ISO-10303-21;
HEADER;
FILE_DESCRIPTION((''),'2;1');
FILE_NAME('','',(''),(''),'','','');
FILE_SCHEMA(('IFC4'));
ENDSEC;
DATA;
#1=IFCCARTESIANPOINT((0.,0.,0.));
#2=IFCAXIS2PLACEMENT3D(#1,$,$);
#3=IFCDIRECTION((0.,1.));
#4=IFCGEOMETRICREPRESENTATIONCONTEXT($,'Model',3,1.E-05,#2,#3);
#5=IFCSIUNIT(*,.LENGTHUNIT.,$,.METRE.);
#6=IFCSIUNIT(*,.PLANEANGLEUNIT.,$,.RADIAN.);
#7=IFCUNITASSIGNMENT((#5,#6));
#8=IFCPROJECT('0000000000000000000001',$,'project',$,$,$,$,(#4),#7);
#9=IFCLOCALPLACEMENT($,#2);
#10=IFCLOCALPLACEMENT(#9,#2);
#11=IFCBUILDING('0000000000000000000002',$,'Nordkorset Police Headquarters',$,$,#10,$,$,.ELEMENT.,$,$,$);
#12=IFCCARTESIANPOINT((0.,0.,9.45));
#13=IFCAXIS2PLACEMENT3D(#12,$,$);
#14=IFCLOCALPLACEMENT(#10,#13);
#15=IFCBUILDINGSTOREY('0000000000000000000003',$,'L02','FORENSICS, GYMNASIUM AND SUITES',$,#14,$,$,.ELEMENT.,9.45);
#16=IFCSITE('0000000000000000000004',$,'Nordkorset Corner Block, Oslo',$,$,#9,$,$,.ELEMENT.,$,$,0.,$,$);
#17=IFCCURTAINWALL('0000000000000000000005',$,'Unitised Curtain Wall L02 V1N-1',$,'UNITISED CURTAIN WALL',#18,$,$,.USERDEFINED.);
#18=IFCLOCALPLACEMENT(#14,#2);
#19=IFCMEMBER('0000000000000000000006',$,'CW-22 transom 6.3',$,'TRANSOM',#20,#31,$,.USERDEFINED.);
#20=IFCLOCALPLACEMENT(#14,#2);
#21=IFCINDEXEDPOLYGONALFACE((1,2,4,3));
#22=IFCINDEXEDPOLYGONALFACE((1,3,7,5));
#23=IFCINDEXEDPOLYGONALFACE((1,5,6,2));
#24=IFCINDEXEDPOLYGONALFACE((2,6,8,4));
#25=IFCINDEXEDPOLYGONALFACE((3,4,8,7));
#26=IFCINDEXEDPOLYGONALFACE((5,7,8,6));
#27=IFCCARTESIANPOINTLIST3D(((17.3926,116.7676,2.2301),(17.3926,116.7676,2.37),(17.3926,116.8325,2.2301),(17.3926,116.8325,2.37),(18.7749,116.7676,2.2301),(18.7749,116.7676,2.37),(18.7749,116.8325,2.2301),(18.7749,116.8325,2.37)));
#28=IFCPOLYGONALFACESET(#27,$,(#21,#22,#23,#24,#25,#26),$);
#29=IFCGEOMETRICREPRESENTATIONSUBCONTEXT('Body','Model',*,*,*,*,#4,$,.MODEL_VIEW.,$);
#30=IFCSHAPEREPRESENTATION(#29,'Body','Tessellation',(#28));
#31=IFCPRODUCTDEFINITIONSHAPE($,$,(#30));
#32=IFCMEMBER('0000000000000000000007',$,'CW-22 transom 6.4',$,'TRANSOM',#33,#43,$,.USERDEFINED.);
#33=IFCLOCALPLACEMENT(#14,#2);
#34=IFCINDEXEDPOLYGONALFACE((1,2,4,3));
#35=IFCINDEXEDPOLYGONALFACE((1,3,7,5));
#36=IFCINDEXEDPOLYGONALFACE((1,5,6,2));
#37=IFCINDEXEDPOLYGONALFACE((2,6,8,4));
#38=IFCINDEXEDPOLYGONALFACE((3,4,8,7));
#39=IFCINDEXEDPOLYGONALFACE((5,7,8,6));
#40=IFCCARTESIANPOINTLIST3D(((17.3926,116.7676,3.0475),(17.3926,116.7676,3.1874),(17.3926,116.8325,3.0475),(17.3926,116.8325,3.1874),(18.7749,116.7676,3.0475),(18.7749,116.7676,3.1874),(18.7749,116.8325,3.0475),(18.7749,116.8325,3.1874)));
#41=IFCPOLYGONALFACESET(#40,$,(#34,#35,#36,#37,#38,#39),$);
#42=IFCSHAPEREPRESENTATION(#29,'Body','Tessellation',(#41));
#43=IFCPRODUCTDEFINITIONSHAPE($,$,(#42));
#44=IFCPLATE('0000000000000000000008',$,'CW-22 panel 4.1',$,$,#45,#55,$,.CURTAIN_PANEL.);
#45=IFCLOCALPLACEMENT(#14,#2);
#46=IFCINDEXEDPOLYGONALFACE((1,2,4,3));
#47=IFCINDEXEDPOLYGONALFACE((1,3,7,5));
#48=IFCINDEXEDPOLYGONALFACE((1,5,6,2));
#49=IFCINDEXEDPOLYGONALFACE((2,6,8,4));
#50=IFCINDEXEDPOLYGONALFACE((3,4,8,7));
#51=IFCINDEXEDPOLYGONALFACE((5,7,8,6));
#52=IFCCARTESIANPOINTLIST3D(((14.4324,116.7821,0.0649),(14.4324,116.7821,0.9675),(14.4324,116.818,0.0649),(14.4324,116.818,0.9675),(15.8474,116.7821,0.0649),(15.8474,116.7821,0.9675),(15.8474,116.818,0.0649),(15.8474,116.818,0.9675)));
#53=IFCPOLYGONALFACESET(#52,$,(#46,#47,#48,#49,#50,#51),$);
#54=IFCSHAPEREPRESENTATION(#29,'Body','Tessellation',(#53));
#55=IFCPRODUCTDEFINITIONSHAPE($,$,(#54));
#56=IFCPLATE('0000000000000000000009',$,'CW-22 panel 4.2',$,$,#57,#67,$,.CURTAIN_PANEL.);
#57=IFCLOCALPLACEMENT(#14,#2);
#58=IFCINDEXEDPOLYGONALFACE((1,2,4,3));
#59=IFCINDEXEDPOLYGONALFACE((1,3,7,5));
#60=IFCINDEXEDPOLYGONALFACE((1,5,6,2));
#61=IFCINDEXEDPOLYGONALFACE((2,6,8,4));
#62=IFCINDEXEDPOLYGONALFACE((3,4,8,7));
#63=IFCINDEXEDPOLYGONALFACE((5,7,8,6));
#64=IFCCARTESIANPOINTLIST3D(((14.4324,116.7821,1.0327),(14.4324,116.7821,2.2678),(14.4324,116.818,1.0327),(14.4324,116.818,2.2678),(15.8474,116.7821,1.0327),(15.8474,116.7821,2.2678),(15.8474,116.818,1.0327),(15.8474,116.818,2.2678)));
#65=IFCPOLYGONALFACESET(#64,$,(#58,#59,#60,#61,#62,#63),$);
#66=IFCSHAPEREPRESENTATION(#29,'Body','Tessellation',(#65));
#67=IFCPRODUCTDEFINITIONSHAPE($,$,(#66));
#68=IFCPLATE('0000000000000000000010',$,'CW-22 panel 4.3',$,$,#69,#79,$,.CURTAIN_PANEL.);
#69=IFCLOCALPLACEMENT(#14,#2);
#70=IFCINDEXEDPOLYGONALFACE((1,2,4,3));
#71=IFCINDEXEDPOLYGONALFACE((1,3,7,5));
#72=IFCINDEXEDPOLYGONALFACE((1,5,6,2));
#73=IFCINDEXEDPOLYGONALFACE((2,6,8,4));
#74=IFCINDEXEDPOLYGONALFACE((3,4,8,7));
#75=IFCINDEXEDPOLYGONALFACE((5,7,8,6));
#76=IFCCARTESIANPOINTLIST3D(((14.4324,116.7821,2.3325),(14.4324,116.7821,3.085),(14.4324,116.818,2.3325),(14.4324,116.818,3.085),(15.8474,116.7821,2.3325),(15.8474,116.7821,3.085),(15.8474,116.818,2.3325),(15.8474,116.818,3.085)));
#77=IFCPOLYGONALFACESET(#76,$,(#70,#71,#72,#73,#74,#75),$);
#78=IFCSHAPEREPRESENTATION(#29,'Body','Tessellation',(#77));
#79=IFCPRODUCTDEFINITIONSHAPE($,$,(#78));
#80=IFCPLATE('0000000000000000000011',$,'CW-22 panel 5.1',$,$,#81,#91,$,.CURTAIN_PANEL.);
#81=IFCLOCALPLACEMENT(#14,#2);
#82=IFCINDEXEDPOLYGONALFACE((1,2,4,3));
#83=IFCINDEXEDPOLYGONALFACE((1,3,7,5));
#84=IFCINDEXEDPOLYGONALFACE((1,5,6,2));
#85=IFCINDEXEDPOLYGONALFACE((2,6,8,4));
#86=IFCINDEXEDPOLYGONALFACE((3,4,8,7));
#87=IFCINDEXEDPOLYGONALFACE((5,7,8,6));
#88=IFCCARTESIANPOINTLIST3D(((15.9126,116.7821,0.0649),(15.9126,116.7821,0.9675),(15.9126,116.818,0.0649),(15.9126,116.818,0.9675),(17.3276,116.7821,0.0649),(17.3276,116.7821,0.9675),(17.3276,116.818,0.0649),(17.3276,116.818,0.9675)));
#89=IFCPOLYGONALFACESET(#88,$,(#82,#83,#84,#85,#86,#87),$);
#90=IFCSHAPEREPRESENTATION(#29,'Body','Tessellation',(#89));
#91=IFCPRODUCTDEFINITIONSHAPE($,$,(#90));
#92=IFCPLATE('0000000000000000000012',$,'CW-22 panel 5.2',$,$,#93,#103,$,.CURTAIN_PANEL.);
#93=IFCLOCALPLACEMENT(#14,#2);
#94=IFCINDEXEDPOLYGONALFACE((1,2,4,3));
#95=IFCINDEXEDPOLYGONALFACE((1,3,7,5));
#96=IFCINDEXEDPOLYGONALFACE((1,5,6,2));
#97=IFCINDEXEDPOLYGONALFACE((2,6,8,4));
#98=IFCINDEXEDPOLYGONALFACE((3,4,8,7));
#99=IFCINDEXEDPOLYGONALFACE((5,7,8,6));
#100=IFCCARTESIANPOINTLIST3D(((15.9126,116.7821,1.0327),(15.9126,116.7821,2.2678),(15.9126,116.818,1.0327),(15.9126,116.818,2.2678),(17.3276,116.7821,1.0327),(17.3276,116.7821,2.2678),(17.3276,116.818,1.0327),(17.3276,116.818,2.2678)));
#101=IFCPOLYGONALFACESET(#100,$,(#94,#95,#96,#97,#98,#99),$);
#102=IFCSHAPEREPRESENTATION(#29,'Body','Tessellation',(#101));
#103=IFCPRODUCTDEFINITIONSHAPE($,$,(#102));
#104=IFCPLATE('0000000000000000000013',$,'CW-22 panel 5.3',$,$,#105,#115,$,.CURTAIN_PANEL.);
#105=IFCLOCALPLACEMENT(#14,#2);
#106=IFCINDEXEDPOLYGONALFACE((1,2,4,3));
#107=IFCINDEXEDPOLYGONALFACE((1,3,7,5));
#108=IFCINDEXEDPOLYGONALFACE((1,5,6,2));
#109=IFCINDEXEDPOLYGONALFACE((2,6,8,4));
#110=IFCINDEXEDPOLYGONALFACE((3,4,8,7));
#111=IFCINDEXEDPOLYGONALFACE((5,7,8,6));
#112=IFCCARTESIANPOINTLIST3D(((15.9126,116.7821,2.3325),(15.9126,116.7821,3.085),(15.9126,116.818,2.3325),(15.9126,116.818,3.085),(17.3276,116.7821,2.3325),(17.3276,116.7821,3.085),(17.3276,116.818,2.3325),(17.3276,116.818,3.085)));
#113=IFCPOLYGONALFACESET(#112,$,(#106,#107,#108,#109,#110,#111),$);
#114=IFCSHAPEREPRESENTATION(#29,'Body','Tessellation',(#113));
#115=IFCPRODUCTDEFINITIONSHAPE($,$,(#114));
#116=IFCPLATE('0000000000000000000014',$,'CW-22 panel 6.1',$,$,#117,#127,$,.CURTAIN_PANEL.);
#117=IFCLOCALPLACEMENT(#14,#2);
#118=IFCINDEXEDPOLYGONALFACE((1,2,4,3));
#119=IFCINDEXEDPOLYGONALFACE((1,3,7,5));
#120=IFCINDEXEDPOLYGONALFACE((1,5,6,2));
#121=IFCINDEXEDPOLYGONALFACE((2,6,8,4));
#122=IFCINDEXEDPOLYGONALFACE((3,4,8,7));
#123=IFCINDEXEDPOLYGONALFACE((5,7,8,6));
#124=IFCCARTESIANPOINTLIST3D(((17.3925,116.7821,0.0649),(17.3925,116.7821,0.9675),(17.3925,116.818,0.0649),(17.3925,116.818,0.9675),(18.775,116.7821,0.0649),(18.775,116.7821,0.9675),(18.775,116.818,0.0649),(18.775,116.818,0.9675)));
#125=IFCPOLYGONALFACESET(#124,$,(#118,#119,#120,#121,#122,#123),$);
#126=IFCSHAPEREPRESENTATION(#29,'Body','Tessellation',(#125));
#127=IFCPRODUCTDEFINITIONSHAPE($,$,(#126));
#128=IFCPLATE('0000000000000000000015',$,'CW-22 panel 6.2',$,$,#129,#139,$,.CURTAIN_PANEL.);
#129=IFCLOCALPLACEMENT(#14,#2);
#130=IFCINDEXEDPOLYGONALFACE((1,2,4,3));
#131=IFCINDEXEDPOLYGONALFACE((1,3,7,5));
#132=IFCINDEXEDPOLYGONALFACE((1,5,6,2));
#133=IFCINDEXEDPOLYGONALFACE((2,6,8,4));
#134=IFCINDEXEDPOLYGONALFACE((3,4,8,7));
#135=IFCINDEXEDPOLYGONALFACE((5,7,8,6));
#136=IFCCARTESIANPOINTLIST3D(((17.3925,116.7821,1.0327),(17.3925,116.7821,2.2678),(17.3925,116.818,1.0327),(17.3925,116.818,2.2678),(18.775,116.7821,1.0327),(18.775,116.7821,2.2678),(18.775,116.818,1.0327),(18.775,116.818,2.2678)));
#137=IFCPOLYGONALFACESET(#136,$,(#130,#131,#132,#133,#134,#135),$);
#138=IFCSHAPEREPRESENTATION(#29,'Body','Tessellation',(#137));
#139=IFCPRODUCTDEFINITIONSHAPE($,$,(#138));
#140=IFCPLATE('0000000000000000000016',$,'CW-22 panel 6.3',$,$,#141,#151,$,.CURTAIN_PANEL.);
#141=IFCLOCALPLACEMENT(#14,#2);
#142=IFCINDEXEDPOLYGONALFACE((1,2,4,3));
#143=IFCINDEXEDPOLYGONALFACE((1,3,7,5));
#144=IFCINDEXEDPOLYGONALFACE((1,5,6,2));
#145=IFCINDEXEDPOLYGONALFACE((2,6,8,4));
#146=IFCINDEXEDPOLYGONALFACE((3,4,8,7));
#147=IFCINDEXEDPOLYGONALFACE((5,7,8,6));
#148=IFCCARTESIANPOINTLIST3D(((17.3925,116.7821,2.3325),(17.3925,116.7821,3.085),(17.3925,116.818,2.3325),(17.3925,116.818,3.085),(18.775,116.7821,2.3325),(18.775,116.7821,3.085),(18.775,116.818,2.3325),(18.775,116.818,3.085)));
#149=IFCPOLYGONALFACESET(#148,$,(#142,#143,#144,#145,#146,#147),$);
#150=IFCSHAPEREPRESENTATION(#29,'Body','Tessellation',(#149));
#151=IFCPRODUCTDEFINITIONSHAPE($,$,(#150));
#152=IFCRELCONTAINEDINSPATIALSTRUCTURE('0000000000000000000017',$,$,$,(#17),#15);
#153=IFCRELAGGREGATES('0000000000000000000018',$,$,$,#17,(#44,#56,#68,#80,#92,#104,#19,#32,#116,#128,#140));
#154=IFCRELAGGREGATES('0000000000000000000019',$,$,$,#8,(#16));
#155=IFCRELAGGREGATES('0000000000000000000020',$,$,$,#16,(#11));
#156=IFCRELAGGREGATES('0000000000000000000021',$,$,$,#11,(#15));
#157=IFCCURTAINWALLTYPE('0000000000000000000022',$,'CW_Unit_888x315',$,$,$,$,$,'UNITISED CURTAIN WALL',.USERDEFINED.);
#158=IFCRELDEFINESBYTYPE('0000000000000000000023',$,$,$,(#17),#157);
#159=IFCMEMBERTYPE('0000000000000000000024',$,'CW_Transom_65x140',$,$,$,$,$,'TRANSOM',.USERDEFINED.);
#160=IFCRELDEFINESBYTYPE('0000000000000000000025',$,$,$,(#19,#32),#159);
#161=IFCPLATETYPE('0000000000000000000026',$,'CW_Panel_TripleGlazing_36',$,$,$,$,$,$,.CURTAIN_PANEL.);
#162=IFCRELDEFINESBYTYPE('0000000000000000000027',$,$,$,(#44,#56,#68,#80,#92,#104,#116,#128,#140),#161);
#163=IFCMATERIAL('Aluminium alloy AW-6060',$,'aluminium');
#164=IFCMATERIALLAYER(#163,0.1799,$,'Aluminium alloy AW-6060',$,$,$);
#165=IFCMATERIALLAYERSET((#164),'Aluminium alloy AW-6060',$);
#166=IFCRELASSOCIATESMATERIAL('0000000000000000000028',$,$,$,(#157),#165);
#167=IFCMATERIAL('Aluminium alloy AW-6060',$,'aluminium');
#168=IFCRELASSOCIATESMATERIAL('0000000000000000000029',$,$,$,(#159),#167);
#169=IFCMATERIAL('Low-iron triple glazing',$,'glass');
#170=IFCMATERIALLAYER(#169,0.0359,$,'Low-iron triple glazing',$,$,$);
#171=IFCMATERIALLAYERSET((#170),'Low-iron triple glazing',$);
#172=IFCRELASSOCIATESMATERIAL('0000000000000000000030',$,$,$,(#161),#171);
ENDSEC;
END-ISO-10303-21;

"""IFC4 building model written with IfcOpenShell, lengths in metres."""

from ifc_helpers import new_model, si_unit, direction, frame, origin, origin_2d, place, context, subcontext, project, spatial, rectangle, extrude, material, layer, layer_set, material_profile, profile_set, type_object, element, aggregate, save


model = new_model("IFC4")

# Units and contexts
model_context = context("Model", 3, precision=1e-05, world=origin(), true_north=direction((0.0, 1.0)))
body_context = subcontext(model_context, "Body", "Model", "MODEL_VIEW")
ifc_project = project(units=[si_unit("LENGTHUNIT", "METRE"), si_unit("PLANEANGLEUNIT", "RADIAN")], contexts=[model_context])

# Site, building, storey
site_placement = place(None, origin())
site = spatial("IfcSite", under=ifc_project, at=site_placement, Name="Nordkorset Corner Block, Oslo", CompositionType="ELEMENT", RefElevation=0.0)
building_placement = place(site_placement, origin())
building = spatial("IfcBuilding", under=site, at=building_placement, Name="Nordkorset Police Headquarters", CompositionType="ELEMENT")
storey_placement = place(building_placement, frame((0.0, 0.0, 9.45)))
storey = spatial("IfcBuildingStorey", under=building, at=storey_placement, Name="L02", Description="FORENSICS, GYMNASIUM AND SUITES", CompositionType="ELEMENT", Elevation=9.45)

# Curtain wall, members, plates
ifc_material_1 = material(Name="Aluminium alloy AW-6060", Category="aluminium")
ifc_layer_1 = layer(ifc_material_1, 0.1799, Name="Aluminium alloy AW-6060")
ifc_layer_set_1 = layer_set([ifc_layer_1], Name="Aluminium alloy AW-6060")
curtain_wall_type = type_object("IfcCurtainWallType", Name="CW_Unit_888x315", ElementType="UNITISED CURTAIN WALL", PredefinedType="USERDEFINED", material=ifc_layer_set_1)
curtain_wall_placement = place(storey_placement, origin())
curtain_wall = element("IfcCurtainWall", 1, at=curtain_wall_placement, inside=storey, type_object=curtain_wall_type, Name="Unitised Curtain Wall L02 V1N-1", ObjectType="UNITISED CURTAIN WALL", PredefinedType="USERDEFINED")
ifc_material_2 = material(Name="Aluminium alloy AW-6060", Category="aluminium")
ifc_material_profile_1 = material_profile(ifc_material_2, rectangle(XDim=0.0649, YDim=0.1399, at=origin_2d()), Name="ALU TRAN 65x140")
ifc_profile_set_1 = profile_set([ifc_material_profile_1], Name="Aluminium alloy AW-6060")
member_type_1 = type_object("IfcMemberType", Name="CW_Transom_65x140", ElementType="TRANSOM", PredefinedType="USERDEFINED", material=ifc_profile_set_1)
member_1_placement = place(storey_placement, frame((17.3926, 116.8, 2.3), z_axis=(1.0, 0.0, 0.0), x_axis=(0.0, 1.0, 0.0)))
member_1 = element("IfcMember", 2, at=member_1_placement, type_object=member_type_1, Name="CW-22 transom 6.3", ObjectType="TRANSOM", PredefinedType="USERDEFINED", context=body_context, shape_type="SweptSolid", body=[
    extrude(rectangle(XDim=0.0649, YDim=0.1399, at=origin_2d()), origin(), (0.0, 0.0, 1.0), 1.3823),
])
member_2_placement = place(storey_placement, frame((17.3926, 116.8, 3.1174), z_axis=(1.0, 0.0, 0.0), x_axis=(0.0, 1.0, 0.0)))
member_2 = element("IfcMember", 3, at=member_2_placement, type_object=member_type_1, Name="CW-22 transom 6.4", ObjectType="TRANSOM", PredefinedType="USERDEFINED", context=body_context, shape_type="SweptSolid", body=[
    extrude(rectangle(XDim=0.0649, YDim=0.1399, at=origin_2d()), origin(), (0.0, 0.0, 1.0), 1.3823),
])
ifc_material_3 = material(Name="Low-iron triple glazing", Category="glass")
ifc_layer_2 = layer(ifc_material_3, 0.0359, Name="Low-iron triple glazing")
ifc_layer_set_2 = layer_set([ifc_layer_2], Name="Low-iron triple glazing")
plate_type = type_object("IfcPlateType", Name="CW_Panel_TripleGlazing_36", PredefinedType="CURTAIN_PANEL", material=ifc_layer_set_2)
plate_1_placement = place(storey_placement, frame((15.1399, 116.8, 0.0649), z_axis=(0.0, 0.0, 1.0), x_axis=(1.0, 0.0, 0.0)))
plate_1 = element("IfcPlate", 4, at=plate_1_placement, type_object=plate_type, Name="CW-22 panel 4.1", PredefinedType="CURTAIN_PANEL", context=body_context, shape_type="SweptSolid", body=[
    extrude(rectangle(XDim=1.415, YDim=0.0359, at=origin_2d()), origin(), (0.0, 0.0, 1.0), 0.9026),
])
plate_2_placement = place(storey_placement, frame((15.1399, 116.8, 1.0327), z_axis=(0.0, 0.0, 1.0), x_axis=(1.0, 0.0, 0.0)))
plate_2 = element("IfcPlate", 5, at=plate_2_placement, type_object=plate_type, Name="CW-22 panel 4.2", PredefinedType="CURTAIN_PANEL", context=body_context, shape_type="SweptSolid", body=[
    extrude(rectangle(XDim=1.415, YDim=0.0359, at=origin_2d()), origin(), (0.0, 0.0, 1.0), 1.2351),
])
plate_3_placement = place(storey_placement, frame((15.1399, 116.8, 2.3325), z_axis=(0.0, 0.0, 1.0), x_axis=(1.0, 0.0, 0.0)))
plate_3 = element("IfcPlate", 6, at=plate_3_placement, type_object=plate_type, Name="CW-22 panel 4.3", PredefinedType="CURTAIN_PANEL", context=body_context, shape_type="SweptSolid", body=[
    extrude(rectangle(XDim=1.415, YDim=0.0359, at=origin_2d()), origin(), (0.0, 0.0, 1.0), 0.7524),
])
plate_4_placement = place(storey_placement, frame((16.6201, 116.8, 0.0649), z_axis=(0.0, 0.0, 1.0), x_axis=(1.0, 0.0, 0.0)))
plate_4 = element("IfcPlate", 7, at=plate_4_placement, type_object=plate_type, Name="CW-22 panel 5.1", PredefinedType="CURTAIN_PANEL", context=body_context, shape_type="SweptSolid", body=[
    extrude(rectangle(XDim=1.415, YDim=0.0359, at=origin_2d()), origin(), (0.0, 0.0, 1.0), 0.9026),
])
plate_5_placement = place(storey_placement, frame((16.6201, 116.8, 1.0327), z_axis=(0.0, 0.0, 1.0), x_axis=(1.0, 0.0, 0.0)))
plate_5 = element("IfcPlate", 8, at=plate_5_placement, type_object=plate_type, Name="CW-22 panel 5.2", PredefinedType="CURTAIN_PANEL", context=body_context, shape_type="SweptSolid", body=[
    extrude(rectangle(XDim=1.415, YDim=0.0359, at=origin_2d()), origin(), (0.0, 0.0, 1.0), 1.2351),
])
plate_6_placement = place(storey_placement, frame((16.6201, 116.8, 2.3325), z_axis=(0.0, 0.0, 1.0), x_axis=(1.0, 0.0, 0.0)))
plate_6 = element("IfcPlate", 9, at=plate_6_placement, type_object=plate_type, Name="CW-22 panel 5.3", PredefinedType="CURTAIN_PANEL", context=body_context, shape_type="SweptSolid", body=[
    extrude(rectangle(XDim=1.415, YDim=0.0359, at=origin_2d()), origin(), (0.0, 0.0, 1.0), 0.7524),
])
plate_7_placement = place(storey_placement, frame((18.0837, 116.8, 0.0649), z_axis=(0.0, 0.0, 1.0), x_axis=(1.0, 0.0, 0.0)))
plate_7 = element("IfcPlate", 10, at=plate_7_placement, type_object=plate_type, Name="CW-22 panel 6.1", PredefinedType="CURTAIN_PANEL", context=body_context, shape_type="SweptSolid", body=[
    extrude(rectangle(XDim=1.3826, YDim=0.0359, at=origin_2d()), origin(), (0.0, 0.0, 1.0), 0.9026),
])
plate_8_placement = place(storey_placement, frame((18.0837, 116.8, 1.0327), z_axis=(0.0, 0.0, 1.0), x_axis=(1.0, 0.0, 0.0)))
plate_8 = element("IfcPlate", 11, at=plate_8_placement, type_object=plate_type, Name="CW-22 panel 6.2", PredefinedType="CURTAIN_PANEL", context=body_context, shape_type="SweptSolid", body=[
    extrude(rectangle(XDim=1.3826, YDim=0.0359, at=origin_2d()), origin(), (0.0, 0.0, 1.0), 1.2351),
])
plate_9_placement = place(storey_placement, frame((18.0837, 116.8, 2.3325), z_axis=(0.0, 0.0, 1.0), x_axis=(1.0, 0.0, 0.0)))
plate_9 = element("IfcPlate", 12, at=plate_9_placement, type_object=plate_type, Name="CW-22 panel 6.3", PredefinedType="CURTAIN_PANEL", context=body_context, shape_type="SweptSolid", body=[
    extrude(rectangle(XDim=1.3826, YDim=0.0359, at=origin_2d()), origin(), (0.0, 0.0, 1.0), 0.7524),
])
aggregate(curtain_wall, [plate_1, plate_2, plate_3, plate_4, plate_5, plate_6, member_1, member_2, plate_7, plate_8, plate_9])

save(model, "model.ifc")
